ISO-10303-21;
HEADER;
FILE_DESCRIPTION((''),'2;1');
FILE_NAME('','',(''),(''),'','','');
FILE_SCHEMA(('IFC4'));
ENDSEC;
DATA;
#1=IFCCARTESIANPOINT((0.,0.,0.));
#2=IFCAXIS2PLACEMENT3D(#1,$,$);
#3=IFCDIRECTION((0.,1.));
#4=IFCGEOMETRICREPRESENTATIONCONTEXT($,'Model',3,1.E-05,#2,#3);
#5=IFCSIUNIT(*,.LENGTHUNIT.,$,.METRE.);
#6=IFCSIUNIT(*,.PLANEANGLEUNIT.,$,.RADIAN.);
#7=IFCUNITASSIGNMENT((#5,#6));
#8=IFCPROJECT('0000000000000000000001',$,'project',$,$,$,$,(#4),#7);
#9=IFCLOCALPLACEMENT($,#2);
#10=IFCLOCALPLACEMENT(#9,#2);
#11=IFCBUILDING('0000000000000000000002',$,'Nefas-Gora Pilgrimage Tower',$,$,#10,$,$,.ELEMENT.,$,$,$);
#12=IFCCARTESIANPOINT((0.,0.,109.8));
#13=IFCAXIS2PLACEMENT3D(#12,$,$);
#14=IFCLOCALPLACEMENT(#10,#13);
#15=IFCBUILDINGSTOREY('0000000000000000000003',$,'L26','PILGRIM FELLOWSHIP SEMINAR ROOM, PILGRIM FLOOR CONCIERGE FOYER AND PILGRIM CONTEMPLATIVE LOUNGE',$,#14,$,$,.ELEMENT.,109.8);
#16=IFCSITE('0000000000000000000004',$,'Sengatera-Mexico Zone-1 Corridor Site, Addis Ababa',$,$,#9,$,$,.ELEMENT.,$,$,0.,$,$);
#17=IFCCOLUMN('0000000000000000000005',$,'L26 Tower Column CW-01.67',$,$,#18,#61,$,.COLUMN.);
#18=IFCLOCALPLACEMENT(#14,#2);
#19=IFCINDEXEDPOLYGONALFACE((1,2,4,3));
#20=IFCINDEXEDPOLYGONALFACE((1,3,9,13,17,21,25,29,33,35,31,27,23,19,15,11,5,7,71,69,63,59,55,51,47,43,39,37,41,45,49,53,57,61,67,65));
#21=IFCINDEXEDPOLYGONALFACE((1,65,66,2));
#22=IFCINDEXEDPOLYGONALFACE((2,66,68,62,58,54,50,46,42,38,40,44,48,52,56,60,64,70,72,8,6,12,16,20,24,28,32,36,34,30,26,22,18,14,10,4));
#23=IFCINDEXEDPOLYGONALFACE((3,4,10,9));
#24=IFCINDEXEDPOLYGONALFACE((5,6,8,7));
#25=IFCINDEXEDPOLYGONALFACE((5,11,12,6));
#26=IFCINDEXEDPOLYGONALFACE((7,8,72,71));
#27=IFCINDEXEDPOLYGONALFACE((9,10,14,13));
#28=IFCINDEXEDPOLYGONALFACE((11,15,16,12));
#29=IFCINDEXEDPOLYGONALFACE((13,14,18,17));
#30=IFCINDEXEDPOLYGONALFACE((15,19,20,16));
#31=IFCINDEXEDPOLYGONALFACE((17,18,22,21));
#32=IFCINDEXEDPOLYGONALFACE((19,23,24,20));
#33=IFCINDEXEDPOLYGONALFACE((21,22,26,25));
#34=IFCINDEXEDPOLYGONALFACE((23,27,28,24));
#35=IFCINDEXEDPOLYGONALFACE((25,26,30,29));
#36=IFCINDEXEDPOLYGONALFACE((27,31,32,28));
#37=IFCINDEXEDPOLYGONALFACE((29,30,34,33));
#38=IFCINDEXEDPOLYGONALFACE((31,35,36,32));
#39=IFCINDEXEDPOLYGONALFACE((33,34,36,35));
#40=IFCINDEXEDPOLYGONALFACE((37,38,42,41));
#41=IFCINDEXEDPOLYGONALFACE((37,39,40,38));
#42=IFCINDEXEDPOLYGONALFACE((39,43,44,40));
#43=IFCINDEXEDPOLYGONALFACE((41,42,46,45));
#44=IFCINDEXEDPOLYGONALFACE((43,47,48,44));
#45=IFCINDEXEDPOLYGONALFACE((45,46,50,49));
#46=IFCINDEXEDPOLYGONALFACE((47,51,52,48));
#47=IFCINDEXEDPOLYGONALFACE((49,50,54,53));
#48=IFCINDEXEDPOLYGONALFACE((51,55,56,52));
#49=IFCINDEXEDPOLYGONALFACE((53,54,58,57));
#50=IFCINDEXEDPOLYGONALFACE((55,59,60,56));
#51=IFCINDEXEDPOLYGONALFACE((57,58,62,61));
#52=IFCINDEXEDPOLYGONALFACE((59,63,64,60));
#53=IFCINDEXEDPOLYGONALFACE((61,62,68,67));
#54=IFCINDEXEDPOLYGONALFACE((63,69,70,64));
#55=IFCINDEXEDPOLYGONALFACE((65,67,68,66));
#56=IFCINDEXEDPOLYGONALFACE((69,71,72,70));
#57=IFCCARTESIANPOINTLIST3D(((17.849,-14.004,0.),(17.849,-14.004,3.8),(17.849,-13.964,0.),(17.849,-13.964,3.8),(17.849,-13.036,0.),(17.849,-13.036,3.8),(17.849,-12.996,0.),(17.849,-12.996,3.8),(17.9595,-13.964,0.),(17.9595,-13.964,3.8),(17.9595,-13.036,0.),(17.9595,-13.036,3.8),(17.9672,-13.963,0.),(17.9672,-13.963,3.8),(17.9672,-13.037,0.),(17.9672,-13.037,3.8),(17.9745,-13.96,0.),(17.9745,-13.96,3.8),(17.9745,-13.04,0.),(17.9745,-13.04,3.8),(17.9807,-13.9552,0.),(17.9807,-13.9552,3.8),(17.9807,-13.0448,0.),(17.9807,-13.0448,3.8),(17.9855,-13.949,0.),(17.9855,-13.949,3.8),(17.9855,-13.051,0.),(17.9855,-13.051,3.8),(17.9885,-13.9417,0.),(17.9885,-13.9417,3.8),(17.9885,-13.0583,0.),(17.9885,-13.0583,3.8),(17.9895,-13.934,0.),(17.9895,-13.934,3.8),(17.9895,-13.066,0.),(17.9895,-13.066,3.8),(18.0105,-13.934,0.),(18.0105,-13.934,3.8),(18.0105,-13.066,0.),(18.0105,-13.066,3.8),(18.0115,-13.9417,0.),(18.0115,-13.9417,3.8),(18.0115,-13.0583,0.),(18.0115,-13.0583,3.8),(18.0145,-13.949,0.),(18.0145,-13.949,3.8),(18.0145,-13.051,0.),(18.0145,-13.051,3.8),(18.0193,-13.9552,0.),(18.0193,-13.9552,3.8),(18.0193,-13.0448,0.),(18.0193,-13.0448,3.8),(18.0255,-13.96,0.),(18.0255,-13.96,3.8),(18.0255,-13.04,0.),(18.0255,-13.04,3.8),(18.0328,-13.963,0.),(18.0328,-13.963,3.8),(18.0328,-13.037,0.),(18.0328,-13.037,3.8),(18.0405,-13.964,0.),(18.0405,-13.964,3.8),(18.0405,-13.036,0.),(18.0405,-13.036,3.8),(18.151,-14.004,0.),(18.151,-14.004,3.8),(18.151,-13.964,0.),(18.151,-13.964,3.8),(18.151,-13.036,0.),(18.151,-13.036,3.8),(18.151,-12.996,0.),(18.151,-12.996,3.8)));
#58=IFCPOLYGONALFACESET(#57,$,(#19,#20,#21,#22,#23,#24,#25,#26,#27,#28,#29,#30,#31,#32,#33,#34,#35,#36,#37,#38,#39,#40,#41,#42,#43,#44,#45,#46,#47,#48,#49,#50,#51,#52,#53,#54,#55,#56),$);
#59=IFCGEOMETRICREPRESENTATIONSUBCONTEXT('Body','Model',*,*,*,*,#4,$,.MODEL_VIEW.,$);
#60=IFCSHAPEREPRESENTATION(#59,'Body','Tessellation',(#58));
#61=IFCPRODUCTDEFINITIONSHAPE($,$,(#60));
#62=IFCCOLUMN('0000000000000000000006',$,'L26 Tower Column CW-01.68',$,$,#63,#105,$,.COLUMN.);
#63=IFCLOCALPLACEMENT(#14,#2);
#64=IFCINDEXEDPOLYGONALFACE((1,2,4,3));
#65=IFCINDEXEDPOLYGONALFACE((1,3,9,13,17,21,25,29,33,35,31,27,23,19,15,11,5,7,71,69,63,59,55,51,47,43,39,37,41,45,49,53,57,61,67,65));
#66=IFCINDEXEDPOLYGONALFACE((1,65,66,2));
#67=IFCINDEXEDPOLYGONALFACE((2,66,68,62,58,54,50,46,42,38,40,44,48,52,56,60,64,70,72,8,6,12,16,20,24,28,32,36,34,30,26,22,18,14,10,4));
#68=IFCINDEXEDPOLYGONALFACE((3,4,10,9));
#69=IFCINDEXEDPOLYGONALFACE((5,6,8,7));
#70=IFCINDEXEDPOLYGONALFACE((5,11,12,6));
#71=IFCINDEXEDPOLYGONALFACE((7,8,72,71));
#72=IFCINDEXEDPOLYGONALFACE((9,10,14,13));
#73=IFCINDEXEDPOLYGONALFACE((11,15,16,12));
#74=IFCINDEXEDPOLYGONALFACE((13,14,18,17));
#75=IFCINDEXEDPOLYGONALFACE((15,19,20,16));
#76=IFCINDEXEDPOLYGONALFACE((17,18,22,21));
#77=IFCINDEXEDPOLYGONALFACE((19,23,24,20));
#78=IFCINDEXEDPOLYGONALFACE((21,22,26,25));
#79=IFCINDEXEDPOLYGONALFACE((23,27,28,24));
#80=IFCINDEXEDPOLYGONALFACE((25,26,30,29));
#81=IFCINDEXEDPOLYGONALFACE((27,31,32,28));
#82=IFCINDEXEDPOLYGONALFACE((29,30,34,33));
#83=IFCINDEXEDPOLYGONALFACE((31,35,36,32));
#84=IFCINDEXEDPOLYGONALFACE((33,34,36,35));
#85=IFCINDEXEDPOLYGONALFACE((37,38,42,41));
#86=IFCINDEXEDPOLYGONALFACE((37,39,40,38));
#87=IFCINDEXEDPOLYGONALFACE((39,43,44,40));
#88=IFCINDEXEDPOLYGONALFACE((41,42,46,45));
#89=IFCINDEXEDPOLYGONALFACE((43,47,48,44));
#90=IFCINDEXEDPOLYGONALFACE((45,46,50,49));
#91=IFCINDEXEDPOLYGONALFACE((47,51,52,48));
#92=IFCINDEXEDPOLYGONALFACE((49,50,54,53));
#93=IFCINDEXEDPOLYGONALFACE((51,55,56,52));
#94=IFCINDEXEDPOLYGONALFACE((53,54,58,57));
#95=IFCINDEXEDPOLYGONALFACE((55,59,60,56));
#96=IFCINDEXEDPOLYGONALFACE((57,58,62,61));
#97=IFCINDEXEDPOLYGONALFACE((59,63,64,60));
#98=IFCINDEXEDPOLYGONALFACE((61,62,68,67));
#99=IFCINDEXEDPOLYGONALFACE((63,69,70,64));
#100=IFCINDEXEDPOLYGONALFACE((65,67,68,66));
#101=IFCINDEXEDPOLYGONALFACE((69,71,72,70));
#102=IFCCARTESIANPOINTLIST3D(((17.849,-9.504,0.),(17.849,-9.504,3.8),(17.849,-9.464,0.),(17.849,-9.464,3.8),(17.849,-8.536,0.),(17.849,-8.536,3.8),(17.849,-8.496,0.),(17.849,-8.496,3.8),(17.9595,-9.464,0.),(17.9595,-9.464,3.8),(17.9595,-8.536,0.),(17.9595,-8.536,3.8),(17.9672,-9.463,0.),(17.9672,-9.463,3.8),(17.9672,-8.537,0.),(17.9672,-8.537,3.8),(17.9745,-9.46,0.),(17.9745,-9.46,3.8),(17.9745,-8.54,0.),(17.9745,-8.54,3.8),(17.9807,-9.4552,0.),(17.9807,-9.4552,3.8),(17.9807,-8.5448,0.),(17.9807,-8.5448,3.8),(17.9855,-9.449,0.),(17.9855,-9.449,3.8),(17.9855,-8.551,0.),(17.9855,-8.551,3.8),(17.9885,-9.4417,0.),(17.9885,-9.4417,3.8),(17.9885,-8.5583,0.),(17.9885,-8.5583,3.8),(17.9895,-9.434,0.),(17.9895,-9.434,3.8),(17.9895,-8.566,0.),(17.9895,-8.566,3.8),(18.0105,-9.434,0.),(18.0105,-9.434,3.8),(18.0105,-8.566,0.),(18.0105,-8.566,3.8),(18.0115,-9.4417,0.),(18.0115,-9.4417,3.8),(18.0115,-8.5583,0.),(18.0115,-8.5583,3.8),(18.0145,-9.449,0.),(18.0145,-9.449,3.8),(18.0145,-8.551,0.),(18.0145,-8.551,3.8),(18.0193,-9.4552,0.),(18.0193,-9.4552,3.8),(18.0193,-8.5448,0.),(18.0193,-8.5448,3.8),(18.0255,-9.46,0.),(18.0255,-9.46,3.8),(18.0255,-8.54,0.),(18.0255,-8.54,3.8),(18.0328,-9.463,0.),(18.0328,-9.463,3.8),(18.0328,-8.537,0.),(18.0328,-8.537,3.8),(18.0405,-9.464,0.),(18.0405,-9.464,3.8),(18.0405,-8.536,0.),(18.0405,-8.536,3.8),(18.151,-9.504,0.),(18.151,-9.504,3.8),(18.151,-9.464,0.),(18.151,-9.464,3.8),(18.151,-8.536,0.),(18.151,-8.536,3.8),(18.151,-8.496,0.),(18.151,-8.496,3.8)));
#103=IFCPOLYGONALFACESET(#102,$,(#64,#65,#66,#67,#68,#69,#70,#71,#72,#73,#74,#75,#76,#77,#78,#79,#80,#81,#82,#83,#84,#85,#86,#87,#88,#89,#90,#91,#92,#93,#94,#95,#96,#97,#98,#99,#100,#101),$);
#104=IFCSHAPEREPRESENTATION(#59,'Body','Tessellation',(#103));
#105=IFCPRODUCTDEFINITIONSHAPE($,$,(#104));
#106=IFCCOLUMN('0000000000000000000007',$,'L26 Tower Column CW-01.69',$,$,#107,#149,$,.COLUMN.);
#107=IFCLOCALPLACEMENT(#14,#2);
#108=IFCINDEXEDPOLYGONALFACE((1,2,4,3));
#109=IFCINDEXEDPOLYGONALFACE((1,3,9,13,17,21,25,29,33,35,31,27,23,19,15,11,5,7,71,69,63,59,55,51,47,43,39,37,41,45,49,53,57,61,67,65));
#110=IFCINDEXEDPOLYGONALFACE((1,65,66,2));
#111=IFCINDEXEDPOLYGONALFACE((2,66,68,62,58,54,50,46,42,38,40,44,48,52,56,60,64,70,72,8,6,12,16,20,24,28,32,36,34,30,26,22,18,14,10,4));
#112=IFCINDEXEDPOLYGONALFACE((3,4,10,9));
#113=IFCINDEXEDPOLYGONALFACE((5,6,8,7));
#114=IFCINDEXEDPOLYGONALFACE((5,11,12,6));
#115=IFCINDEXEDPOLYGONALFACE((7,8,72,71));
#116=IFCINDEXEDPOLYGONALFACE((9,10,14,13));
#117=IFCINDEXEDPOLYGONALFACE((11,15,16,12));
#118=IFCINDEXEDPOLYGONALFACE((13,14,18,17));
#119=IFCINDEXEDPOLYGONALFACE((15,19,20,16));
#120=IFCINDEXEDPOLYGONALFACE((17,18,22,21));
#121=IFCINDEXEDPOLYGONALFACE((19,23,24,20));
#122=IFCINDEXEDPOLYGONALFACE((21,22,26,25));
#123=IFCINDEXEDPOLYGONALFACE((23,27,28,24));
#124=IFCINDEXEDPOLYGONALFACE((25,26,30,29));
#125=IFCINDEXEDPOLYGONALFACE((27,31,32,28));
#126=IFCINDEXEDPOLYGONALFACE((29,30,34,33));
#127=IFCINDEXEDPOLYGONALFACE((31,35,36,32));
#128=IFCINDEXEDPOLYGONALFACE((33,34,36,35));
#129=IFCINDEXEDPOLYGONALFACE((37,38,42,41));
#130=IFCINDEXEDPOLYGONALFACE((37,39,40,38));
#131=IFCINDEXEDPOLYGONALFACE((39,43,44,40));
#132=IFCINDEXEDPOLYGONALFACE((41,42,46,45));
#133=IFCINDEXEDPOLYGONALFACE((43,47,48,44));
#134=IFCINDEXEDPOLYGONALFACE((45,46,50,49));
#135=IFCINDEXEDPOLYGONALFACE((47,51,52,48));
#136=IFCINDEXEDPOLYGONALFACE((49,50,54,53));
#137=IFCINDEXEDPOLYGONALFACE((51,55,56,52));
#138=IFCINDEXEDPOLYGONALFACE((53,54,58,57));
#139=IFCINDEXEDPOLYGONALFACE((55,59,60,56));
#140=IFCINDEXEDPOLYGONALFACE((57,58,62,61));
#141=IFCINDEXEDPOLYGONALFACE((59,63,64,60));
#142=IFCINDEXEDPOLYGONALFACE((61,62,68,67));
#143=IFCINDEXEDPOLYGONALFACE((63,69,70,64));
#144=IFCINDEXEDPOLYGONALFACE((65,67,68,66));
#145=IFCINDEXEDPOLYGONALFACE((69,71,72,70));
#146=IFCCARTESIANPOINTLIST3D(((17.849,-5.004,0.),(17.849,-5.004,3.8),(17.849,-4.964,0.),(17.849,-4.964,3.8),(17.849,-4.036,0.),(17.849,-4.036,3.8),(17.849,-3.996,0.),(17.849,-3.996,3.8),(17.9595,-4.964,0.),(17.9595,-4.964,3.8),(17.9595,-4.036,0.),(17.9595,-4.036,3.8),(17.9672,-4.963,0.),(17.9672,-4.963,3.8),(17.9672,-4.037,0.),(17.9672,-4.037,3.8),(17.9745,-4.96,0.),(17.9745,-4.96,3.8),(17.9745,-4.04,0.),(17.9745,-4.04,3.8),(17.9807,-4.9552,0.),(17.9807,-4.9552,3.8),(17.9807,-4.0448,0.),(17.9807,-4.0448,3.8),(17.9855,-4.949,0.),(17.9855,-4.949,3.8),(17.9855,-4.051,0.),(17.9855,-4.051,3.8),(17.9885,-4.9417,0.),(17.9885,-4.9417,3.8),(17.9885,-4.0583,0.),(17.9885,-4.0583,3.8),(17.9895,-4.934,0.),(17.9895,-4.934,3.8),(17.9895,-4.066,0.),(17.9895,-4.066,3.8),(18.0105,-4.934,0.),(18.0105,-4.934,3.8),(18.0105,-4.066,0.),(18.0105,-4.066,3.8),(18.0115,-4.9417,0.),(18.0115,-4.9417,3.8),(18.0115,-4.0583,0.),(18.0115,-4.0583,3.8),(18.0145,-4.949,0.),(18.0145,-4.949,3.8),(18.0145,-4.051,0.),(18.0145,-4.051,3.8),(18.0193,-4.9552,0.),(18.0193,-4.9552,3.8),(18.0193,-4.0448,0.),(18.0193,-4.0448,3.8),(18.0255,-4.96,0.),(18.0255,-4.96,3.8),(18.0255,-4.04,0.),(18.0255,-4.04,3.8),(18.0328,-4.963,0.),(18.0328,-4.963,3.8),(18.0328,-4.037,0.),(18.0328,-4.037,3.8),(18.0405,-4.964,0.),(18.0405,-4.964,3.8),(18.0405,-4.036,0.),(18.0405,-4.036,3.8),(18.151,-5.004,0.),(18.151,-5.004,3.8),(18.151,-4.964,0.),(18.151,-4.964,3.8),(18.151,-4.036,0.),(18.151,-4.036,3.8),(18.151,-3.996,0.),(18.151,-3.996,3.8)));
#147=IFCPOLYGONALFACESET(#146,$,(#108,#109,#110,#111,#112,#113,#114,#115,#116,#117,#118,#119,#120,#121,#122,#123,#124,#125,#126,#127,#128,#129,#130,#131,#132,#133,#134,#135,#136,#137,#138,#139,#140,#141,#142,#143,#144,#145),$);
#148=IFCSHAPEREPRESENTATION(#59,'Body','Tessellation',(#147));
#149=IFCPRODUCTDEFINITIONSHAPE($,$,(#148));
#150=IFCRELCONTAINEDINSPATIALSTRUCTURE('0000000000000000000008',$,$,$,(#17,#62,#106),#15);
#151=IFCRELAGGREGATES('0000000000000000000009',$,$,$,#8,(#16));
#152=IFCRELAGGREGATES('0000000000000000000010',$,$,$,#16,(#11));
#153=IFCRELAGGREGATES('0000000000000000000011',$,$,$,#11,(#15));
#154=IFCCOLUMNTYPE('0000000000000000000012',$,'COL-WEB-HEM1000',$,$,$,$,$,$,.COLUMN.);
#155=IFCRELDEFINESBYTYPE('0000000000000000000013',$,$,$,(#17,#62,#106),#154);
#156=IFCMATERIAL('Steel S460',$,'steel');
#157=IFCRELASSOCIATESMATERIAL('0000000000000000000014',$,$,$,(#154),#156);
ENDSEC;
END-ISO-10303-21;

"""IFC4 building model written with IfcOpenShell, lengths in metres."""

from ifc_helpers import new_model, si_unit, direction, frame, origin, origin_2d, place, context, subcontext, project, spatial, i_section, extrude, source, transform, mapped, material, material_profile, profile_set, type_object, element, save


model = new_model("IFC4")

# Units and contexts
model_context = context("Model", 3, precision=1e-05, world=origin(), true_north=direction((0.0, 1.0)))
body_context = subcontext(model_context, "Body", "Model", "MODEL_VIEW")
ifc_project = project(units=[si_unit("LENGTHUNIT", "METRE"), si_unit("PLANEANGLEUNIT", "RADIAN")], contexts=[model_context])

# Site, building, storey
site_placement = place(None, origin())
site = spatial("IfcSite", under=ifc_project, at=site_placement, Name="Sengatera-Mexico Zone-1 Corridor Site, Addis Ababa", CompositionType="ELEMENT", RefElevation=0.0)
building_placement = place(site_placement, origin())
building = spatial("IfcBuilding", under=site, at=building_placement, Name="Nefas-Gora Pilgrimage Tower", CompositionType="ELEMENT")
storey_placement = place(building_placement, frame((0.0, 0.0, 109.8)))
storey = spatial("IfcBuildingStorey", under=building, at=storey_placement, Name="L26", Description="PILGRIM FELLOWSHIP SEMINAR ROOM, PILGRIM FLOOR CONCIERGE FOYER AND PILGRIM CONTEMPLATIVE LOUNGE", CompositionType="ELEMENT", Elevation=109.8)

# Columns
ifc_material_1 = material(Name="Steel S460", Category="steel")
ifc_material_profile_1 = material_profile(ifc_material_1, i_section(OverallWidth=0.302, OverallDepth=1.0081, WebThickness=0.021, FlangeThickness=0.04, FilletRadius=0.03, at=origin_2d()), Name="HEM 1000")
ifc_profile_set_1 = profile_set([ifc_material_profile_1], Name="Steel S460")
column_type_1 = type_object("IfcColumnType", Name="COL-WEB-HEM1000", PredefinedType="COLUMN", material=ifc_profile_set_1)
shared_shape_1 = source(origin(), body_context, "Body", "SweptSolid", [
    extrude(i_section(OverallWidth=0.302, OverallDepth=1.0081, WebThickness=0.021, FlangeThickness=0.04, FilletRadius=0.03, at=origin_2d()), origin(), (0.0, 0.0, 1.0), 3.8),
])
for number, where, z_axis, x_axis, name in (
    (1, (18.0, -13.5, 0.0), (0.0, 0.0, 1.0), (1.0, 0.0, 0.0), "L26 Tower Column CW-01.67"),
    (2, (18.0, -9.0, 0.0), (0.0, 0.0, 1.0), (1.0, 0.0, 0.0), "L26 Tower Column CW-01.68"),
    (3, (18.0, -4.5, 0.0), (0.0, 0.0, 1.0), (1.0, 0.0, 0.0), "L26 Tower Column CW-01.69"),
):
    element("IfcColumn", number, at=place(storey_placement, frame(where, z_axis=z_axis, x_axis=x_axis)), inside=storey, type_object=column_type_1, Name=name, PredefinedType="COLUMN", context=body_context, shape_type="MappedRepresentation", body=[
        mapped(shared_shape_1, transform((0.0, 0.0, 0.0), x_axis=(1.0, 0.0, 0.0), y_axis=(0.0, 1.0, 0.0), z_axis=(0.0, 0.0, 1.0), scale=1.0)),
    ])

save(model, "model.ifc")
